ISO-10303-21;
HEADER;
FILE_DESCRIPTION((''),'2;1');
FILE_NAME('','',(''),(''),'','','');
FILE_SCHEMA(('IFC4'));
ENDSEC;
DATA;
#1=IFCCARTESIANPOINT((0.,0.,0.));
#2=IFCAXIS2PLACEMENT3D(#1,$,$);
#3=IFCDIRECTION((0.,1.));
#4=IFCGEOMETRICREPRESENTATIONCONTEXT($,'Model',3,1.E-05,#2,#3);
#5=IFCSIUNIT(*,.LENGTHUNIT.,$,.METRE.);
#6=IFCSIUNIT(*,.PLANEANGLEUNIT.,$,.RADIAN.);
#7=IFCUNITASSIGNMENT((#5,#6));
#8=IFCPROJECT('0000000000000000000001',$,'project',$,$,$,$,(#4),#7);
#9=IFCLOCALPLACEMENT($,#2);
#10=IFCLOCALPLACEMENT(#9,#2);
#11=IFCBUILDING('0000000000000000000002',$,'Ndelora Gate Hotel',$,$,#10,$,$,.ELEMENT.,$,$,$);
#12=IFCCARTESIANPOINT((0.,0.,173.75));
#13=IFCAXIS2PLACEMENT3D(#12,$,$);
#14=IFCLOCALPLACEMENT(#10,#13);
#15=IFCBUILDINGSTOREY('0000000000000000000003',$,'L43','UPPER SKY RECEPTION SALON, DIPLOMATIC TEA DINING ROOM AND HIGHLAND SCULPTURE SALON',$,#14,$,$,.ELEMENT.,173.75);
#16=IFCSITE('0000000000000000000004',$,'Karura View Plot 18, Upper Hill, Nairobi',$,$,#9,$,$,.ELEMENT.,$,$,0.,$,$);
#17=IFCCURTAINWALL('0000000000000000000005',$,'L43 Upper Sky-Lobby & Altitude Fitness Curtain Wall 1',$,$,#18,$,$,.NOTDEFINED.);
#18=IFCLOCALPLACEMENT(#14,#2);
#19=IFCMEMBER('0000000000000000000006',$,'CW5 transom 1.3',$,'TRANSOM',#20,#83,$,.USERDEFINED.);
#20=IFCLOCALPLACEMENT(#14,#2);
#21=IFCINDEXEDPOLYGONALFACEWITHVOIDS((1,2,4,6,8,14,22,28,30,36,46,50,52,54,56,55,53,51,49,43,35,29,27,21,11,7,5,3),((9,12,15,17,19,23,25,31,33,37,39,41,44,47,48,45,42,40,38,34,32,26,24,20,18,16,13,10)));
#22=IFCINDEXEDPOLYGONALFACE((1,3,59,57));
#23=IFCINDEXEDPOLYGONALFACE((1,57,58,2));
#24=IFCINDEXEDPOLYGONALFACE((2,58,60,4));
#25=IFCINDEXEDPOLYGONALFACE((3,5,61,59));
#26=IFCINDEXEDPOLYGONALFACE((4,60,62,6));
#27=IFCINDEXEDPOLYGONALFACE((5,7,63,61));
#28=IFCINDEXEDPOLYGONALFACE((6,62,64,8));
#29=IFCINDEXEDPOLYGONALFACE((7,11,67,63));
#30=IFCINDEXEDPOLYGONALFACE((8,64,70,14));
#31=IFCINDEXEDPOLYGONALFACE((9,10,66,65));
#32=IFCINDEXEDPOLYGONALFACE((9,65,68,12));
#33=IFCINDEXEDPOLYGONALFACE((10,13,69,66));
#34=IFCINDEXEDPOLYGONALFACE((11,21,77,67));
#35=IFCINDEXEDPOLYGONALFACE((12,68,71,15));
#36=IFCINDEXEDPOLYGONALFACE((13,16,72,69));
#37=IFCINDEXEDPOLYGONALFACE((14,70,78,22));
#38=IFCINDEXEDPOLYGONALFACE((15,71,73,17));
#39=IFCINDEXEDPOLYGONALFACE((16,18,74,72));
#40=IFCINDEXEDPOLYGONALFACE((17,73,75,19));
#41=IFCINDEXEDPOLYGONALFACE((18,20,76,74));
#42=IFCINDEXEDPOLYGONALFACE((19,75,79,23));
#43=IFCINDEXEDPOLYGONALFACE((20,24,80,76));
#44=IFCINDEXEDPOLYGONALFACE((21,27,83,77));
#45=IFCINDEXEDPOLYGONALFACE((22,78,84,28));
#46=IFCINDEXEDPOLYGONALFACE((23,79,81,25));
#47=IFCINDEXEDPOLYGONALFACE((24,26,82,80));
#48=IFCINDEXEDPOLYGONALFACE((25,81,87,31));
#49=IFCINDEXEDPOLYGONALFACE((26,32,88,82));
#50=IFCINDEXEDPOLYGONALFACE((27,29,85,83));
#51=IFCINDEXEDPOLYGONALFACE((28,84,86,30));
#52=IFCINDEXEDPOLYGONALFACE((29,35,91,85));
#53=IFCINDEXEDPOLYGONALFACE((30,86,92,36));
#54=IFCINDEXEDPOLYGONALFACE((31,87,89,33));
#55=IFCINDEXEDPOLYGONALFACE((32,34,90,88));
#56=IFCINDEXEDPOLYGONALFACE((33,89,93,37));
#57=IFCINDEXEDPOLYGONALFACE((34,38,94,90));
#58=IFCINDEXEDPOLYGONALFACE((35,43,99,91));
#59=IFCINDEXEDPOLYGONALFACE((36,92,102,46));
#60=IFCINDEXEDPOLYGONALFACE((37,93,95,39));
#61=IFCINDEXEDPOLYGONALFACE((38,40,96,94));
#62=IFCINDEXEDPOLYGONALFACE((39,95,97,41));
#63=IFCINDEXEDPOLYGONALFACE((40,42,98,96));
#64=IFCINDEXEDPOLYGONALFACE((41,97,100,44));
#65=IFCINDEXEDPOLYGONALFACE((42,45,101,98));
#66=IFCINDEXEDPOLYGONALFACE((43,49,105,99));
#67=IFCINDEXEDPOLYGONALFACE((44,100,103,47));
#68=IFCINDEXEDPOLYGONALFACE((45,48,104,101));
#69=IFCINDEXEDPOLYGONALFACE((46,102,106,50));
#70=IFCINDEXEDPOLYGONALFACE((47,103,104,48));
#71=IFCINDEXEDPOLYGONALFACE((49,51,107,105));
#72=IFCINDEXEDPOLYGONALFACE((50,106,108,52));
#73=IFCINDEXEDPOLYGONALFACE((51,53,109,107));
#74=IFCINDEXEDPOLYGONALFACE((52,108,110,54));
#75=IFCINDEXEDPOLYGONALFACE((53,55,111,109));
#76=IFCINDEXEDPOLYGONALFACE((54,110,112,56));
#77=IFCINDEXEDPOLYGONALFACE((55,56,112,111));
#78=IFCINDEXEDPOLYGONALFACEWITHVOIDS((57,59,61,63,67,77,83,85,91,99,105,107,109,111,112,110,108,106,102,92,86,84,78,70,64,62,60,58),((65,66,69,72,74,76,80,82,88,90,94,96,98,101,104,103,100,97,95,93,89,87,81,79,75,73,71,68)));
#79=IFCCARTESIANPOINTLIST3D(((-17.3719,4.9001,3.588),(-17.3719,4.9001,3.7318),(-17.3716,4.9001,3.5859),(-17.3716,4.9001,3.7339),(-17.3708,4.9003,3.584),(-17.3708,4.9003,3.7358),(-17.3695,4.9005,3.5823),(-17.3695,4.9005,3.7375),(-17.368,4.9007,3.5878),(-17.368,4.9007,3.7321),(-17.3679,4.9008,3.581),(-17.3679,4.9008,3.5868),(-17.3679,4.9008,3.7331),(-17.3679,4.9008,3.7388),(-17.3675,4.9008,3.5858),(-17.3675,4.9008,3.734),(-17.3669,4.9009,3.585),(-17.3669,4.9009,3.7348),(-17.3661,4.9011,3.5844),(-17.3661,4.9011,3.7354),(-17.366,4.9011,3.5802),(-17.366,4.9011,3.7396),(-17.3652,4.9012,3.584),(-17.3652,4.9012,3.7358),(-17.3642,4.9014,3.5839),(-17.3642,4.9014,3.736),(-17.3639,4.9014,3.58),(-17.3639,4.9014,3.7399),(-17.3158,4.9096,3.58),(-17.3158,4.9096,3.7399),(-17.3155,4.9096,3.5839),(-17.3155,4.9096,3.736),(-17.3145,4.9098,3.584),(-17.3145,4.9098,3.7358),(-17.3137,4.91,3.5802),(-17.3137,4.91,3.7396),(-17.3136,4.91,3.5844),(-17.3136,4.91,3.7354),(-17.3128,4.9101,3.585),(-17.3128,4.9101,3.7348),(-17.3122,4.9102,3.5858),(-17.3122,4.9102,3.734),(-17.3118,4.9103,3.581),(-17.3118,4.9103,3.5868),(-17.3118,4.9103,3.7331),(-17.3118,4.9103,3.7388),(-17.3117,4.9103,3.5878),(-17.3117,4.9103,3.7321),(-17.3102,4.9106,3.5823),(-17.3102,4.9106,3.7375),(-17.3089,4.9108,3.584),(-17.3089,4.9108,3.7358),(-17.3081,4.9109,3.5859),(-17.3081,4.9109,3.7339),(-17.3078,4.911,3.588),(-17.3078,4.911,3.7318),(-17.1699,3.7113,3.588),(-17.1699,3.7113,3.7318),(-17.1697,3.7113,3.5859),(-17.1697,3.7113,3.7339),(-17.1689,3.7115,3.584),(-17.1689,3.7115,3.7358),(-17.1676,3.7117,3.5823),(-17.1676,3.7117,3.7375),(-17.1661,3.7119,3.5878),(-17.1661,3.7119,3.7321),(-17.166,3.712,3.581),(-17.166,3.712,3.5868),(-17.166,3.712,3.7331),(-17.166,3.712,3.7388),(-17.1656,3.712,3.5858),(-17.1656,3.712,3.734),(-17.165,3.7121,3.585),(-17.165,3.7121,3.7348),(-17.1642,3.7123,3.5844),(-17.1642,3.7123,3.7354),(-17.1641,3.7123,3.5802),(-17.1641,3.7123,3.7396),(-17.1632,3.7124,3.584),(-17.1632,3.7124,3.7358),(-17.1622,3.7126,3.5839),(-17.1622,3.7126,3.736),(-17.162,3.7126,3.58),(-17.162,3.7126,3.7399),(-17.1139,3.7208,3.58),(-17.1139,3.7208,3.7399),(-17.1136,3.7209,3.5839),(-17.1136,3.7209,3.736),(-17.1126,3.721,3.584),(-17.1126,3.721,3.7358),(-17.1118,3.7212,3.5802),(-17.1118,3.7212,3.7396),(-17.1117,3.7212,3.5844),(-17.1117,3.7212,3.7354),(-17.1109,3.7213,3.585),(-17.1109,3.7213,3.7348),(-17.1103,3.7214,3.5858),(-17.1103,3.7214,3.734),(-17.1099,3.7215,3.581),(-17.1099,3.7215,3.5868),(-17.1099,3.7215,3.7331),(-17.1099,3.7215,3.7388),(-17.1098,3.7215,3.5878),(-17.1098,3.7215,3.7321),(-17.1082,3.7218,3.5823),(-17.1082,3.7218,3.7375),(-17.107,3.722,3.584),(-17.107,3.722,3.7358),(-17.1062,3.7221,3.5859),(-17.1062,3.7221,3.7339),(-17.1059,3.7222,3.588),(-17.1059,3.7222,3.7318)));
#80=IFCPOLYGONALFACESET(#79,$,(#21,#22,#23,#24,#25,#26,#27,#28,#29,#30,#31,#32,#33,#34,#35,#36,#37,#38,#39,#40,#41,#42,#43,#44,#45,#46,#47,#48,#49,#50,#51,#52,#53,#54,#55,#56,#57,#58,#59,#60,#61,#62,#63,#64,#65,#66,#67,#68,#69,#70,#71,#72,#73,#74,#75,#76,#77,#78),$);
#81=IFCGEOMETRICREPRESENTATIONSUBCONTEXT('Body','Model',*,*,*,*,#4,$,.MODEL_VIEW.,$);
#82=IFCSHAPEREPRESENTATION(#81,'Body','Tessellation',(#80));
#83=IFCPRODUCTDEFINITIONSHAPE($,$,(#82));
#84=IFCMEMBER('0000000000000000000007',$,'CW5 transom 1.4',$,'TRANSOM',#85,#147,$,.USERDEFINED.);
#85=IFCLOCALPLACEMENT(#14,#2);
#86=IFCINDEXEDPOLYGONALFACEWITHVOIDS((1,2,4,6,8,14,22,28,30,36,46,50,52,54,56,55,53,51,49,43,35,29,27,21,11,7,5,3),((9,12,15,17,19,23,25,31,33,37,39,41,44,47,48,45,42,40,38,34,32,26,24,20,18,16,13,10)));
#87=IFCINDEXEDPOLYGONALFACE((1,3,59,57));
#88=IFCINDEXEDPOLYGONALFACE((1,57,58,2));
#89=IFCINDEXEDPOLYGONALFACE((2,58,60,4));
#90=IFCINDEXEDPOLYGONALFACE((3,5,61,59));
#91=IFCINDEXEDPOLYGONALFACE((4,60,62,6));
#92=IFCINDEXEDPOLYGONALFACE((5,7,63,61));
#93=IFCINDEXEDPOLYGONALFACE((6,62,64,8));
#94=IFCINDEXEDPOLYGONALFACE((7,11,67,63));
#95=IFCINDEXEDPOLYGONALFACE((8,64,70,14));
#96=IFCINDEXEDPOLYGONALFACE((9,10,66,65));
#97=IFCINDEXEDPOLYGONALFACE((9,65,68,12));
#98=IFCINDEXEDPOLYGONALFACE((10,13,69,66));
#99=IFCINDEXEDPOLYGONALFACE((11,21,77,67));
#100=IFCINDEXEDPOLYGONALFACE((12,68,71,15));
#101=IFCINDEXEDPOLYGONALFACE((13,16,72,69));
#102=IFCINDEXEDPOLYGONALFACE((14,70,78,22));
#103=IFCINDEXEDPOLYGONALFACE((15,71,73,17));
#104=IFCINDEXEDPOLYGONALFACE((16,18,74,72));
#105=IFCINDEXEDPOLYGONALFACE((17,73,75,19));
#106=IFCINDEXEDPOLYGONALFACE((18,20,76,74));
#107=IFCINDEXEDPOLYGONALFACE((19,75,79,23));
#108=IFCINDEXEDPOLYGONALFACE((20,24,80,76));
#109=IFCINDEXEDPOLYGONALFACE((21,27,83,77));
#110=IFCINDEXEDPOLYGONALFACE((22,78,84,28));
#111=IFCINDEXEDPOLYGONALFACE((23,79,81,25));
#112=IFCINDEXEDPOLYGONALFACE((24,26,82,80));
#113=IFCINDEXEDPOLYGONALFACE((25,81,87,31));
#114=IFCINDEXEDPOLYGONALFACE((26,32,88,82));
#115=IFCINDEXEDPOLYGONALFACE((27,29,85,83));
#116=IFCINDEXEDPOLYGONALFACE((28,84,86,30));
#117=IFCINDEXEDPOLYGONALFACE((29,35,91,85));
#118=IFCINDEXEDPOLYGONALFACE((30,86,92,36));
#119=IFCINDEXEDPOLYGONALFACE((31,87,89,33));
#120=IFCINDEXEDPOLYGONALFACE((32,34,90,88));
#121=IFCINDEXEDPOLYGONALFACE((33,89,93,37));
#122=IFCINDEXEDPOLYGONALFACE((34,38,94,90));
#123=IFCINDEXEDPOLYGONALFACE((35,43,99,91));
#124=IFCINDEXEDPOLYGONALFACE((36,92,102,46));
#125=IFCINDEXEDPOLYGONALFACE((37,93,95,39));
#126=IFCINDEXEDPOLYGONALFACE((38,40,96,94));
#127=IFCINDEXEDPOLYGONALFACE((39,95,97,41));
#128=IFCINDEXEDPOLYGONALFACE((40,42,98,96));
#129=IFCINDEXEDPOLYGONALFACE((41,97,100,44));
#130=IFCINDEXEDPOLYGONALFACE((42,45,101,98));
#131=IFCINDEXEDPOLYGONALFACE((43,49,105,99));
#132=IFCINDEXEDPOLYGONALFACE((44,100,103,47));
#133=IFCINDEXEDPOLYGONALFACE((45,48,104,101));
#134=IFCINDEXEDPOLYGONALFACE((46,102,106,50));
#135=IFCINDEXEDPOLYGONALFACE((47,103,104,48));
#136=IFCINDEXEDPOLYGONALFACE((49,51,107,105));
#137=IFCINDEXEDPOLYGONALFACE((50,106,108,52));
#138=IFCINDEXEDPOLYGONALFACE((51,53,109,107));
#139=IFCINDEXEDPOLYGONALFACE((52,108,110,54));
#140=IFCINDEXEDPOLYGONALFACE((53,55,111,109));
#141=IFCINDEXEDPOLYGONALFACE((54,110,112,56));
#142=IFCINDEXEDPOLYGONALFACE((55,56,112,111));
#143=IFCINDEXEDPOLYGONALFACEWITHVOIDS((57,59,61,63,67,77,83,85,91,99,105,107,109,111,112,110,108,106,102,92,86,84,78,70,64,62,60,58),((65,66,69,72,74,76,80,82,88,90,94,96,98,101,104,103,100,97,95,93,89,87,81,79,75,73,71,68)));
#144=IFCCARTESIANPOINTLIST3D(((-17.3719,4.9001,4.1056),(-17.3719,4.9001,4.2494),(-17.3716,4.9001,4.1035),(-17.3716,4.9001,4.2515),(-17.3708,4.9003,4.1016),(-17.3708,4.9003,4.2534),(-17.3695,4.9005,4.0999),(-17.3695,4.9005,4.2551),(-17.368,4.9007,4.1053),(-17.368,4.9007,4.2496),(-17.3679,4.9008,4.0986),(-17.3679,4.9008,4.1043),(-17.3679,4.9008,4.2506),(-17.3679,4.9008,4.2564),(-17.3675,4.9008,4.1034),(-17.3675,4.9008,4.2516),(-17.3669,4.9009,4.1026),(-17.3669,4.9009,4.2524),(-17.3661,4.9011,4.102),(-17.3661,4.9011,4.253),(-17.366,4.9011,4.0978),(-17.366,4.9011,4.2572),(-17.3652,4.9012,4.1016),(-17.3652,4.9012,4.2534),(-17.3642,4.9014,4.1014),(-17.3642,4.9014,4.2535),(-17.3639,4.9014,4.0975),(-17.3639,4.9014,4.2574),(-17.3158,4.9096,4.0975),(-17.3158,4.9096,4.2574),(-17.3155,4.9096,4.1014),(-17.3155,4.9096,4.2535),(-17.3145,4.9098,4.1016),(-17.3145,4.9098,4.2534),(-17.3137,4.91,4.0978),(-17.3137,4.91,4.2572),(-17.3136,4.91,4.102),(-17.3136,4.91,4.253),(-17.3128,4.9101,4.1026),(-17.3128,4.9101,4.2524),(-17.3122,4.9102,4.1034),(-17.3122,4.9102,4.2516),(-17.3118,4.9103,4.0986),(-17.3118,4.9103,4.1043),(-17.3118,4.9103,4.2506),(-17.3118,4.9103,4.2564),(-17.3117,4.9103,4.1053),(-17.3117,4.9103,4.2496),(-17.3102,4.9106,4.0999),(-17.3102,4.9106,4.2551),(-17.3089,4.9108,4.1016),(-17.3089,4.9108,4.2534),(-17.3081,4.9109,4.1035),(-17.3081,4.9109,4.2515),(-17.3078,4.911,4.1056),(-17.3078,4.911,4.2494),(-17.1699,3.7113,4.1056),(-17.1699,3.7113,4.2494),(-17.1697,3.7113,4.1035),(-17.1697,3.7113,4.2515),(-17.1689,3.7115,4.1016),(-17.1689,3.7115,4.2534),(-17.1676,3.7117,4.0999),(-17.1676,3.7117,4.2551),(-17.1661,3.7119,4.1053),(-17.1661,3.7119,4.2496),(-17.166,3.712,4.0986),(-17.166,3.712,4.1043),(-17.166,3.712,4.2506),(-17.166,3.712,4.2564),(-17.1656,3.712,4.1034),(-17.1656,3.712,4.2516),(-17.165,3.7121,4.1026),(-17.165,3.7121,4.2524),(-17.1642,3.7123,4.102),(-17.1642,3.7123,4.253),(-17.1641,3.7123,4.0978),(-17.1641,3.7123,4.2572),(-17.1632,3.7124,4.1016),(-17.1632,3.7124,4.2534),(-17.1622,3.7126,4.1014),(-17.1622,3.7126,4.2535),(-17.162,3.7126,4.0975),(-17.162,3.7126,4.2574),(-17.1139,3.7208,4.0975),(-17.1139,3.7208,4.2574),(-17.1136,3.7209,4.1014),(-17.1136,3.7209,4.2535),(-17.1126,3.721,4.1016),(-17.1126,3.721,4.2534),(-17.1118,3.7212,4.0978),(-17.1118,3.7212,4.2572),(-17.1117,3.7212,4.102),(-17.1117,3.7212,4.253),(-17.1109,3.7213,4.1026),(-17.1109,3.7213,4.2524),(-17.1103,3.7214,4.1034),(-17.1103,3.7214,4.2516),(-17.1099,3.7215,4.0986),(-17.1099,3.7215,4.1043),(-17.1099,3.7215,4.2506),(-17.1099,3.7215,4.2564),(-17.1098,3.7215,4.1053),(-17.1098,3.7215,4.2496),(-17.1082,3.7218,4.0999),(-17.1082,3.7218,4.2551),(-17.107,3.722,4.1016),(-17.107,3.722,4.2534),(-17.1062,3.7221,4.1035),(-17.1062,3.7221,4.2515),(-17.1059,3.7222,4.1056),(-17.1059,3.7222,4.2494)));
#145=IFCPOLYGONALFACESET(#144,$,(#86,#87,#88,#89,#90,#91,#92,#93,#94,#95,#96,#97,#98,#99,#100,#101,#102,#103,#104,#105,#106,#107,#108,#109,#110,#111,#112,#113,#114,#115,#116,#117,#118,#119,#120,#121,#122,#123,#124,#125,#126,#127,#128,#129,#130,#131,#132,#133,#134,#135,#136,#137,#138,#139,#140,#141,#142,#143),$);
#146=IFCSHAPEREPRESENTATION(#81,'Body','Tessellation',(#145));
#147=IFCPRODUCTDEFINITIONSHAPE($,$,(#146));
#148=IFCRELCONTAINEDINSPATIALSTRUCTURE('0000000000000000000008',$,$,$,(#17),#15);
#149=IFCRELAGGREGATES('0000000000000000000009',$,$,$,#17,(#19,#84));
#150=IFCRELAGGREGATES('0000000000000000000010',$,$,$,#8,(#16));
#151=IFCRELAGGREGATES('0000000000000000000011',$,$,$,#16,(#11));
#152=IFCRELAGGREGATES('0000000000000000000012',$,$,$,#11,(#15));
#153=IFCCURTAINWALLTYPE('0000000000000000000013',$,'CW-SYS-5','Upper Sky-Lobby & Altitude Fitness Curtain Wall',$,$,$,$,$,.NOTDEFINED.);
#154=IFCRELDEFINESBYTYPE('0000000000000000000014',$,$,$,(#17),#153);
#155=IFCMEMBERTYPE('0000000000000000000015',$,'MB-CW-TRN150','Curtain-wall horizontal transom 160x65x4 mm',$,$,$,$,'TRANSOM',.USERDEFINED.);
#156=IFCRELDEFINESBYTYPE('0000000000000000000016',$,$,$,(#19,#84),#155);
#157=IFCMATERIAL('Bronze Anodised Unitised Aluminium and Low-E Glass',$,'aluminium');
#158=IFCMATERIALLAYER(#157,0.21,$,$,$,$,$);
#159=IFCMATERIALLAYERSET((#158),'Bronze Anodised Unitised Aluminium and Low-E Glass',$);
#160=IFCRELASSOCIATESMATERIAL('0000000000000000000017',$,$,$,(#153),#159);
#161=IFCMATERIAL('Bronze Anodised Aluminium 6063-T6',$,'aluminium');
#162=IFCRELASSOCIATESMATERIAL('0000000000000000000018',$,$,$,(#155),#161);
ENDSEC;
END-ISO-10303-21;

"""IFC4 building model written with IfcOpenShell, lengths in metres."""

from ifc_helpers import new_model, si_unit, direction, frame, origin, origin_2d, place, context, subcontext, project, spatial, hollow_rectangle, extrude, material, layer, layer_set, material_profile, profile_set, type_object, element, aggregate, save


model = new_model("IFC4")

# Units and contexts
model_context = context("Model", 3, precision=1e-05, world=origin(), true_north=direction((0.0, 1.0)))
body_context = subcontext(model_context, "Body", "Model", "MODEL_VIEW")
ifc_project = project(units=[si_unit("LENGTHUNIT", "METRE"), si_unit("PLANEANGLEUNIT", "RADIAN")], contexts=[model_context])

# Site, building, storey
site_placement = place(None, origin())
site = spatial("IfcSite", under=ifc_project, at=site_placement, Name="Karura View Plot 18, Upper Hill, Nairobi", CompositionType="ELEMENT", RefElevation=0.0)
building_placement = place(site_placement, origin())
building = spatial("IfcBuilding", under=site, at=building_placement, Name="Ndelora Gate Hotel", CompositionType="ELEMENT")
storey_placement = place(building_placement, frame((0.0, 0.0, 173.75)))
storey = spatial("IfcBuildingStorey", under=building, at=storey_placement, Name="L43", Description="UPPER SKY RECEPTION SALON, DIPLOMATIC TEA DINING ROOM AND HIGHLAND SCULPTURE SALON", CompositionType="ELEMENT", Elevation=173.75)

# Curtain wall, members
ifc_material_1 = material(Name="Bronze Anodised Unitised Aluminium and Low-E Glass", Category="aluminium")
ifc_layer_1 = layer(ifc_material_1, 0.21)
ifc_layer_set_1 = layer_set([ifc_layer_1], Name="Bronze Anodised Unitised Aluminium and Low-E Glass")
curtain_wall_type = type_object("IfcCurtainWallType", Name="CW-SYS-5", Description="Upper Sky-Lobby & Altitude Fitness Curtain Wall", PredefinedType="NOTDEFINED", material=ifc_layer_set_1)
curtain_wall_placement = place(storey_placement, origin())
curtain_wall = element("IfcCurtainWall", 1, at=curtain_wall_placement, inside=storey, type_object=curtain_wall_type, Name="L43 Upper Sky-Lobby & Altitude Fitness Curtain Wall 1", PredefinedType="NOTDEFINED")
ifc_material_2 = material(Name="Bronze Anodised Aluminium 6063-T6", Category="aluminium")
ifc_material_profile_1 = material_profile(ifc_material_2, hollow_rectangle(XDim=0.0649, YDim=0.1599, WallThickness=0.0039, InnerFilletRadius=0.0039, OuterFilletRadius=0.0081, at=origin_2d()), Name="ALU 160x65x4")
ifc_profile_set_1 = profile_set([ifc_material_profile_1], Name="Bronze Anodised Aluminium 6063-T6")
member_type_1 = type_object("IfcMemberType", Name="MB-CW-TRN150", Description="Curtain-wall horizontal transom 160x65x4 mm", ElementType="TRANSOM", PredefinedType="USERDEFINED", material=ifc_profile_set_1)
member_1_placement = place(storey_placement, frame((-17.3398, 4.9055, 3.6599), z_axis=(0.167452, -0.98588, 0.0), x_axis=(0.98588, 0.167452, 0.0)))
member_1 = element("IfcMember", 2, at=member_1_placement, type_object=member_type_1, Name="CW5 transom 1.3", ObjectType="TRANSOM", PredefinedType="USERDEFINED", context=body_context, shape_type="SweptSolid", body=[
    extrude(hollow_rectangle(XDim=0.0649, YDim=0.1599, WallThickness=0.0039, InnerFilletRadius=0.0039, OuterFilletRadius=0.0081, at=origin_2d()), origin(), (0.0, 0.0, 1.0), 1.2058),
])
member_2_placement = place(storey_placement, frame((-17.3398, 4.9055, 4.1775), z_axis=(0.167452, -0.98588, 0.0), x_axis=(0.98588, 0.167452, 0.0)))
member_2 = element("IfcMember", 3, at=member_2_placement, type_object=member_type_1, Name="CW5 transom 1.4", ObjectType="TRANSOM", PredefinedType="USERDEFINED", context=body_context, shape_type="SweptSolid", body=[
    extrude(hollow_rectangle(XDim=0.0649, YDim=0.1599, WallThickness=0.0039, InnerFilletRadius=0.0039, OuterFilletRadius=0.0081, at=origin_2d()), origin(), (0.0, 0.0, 1.0), 1.2058),
])
aggregate(curtain_wall, [member_1, member_2])

save(model, "model.ifc")
